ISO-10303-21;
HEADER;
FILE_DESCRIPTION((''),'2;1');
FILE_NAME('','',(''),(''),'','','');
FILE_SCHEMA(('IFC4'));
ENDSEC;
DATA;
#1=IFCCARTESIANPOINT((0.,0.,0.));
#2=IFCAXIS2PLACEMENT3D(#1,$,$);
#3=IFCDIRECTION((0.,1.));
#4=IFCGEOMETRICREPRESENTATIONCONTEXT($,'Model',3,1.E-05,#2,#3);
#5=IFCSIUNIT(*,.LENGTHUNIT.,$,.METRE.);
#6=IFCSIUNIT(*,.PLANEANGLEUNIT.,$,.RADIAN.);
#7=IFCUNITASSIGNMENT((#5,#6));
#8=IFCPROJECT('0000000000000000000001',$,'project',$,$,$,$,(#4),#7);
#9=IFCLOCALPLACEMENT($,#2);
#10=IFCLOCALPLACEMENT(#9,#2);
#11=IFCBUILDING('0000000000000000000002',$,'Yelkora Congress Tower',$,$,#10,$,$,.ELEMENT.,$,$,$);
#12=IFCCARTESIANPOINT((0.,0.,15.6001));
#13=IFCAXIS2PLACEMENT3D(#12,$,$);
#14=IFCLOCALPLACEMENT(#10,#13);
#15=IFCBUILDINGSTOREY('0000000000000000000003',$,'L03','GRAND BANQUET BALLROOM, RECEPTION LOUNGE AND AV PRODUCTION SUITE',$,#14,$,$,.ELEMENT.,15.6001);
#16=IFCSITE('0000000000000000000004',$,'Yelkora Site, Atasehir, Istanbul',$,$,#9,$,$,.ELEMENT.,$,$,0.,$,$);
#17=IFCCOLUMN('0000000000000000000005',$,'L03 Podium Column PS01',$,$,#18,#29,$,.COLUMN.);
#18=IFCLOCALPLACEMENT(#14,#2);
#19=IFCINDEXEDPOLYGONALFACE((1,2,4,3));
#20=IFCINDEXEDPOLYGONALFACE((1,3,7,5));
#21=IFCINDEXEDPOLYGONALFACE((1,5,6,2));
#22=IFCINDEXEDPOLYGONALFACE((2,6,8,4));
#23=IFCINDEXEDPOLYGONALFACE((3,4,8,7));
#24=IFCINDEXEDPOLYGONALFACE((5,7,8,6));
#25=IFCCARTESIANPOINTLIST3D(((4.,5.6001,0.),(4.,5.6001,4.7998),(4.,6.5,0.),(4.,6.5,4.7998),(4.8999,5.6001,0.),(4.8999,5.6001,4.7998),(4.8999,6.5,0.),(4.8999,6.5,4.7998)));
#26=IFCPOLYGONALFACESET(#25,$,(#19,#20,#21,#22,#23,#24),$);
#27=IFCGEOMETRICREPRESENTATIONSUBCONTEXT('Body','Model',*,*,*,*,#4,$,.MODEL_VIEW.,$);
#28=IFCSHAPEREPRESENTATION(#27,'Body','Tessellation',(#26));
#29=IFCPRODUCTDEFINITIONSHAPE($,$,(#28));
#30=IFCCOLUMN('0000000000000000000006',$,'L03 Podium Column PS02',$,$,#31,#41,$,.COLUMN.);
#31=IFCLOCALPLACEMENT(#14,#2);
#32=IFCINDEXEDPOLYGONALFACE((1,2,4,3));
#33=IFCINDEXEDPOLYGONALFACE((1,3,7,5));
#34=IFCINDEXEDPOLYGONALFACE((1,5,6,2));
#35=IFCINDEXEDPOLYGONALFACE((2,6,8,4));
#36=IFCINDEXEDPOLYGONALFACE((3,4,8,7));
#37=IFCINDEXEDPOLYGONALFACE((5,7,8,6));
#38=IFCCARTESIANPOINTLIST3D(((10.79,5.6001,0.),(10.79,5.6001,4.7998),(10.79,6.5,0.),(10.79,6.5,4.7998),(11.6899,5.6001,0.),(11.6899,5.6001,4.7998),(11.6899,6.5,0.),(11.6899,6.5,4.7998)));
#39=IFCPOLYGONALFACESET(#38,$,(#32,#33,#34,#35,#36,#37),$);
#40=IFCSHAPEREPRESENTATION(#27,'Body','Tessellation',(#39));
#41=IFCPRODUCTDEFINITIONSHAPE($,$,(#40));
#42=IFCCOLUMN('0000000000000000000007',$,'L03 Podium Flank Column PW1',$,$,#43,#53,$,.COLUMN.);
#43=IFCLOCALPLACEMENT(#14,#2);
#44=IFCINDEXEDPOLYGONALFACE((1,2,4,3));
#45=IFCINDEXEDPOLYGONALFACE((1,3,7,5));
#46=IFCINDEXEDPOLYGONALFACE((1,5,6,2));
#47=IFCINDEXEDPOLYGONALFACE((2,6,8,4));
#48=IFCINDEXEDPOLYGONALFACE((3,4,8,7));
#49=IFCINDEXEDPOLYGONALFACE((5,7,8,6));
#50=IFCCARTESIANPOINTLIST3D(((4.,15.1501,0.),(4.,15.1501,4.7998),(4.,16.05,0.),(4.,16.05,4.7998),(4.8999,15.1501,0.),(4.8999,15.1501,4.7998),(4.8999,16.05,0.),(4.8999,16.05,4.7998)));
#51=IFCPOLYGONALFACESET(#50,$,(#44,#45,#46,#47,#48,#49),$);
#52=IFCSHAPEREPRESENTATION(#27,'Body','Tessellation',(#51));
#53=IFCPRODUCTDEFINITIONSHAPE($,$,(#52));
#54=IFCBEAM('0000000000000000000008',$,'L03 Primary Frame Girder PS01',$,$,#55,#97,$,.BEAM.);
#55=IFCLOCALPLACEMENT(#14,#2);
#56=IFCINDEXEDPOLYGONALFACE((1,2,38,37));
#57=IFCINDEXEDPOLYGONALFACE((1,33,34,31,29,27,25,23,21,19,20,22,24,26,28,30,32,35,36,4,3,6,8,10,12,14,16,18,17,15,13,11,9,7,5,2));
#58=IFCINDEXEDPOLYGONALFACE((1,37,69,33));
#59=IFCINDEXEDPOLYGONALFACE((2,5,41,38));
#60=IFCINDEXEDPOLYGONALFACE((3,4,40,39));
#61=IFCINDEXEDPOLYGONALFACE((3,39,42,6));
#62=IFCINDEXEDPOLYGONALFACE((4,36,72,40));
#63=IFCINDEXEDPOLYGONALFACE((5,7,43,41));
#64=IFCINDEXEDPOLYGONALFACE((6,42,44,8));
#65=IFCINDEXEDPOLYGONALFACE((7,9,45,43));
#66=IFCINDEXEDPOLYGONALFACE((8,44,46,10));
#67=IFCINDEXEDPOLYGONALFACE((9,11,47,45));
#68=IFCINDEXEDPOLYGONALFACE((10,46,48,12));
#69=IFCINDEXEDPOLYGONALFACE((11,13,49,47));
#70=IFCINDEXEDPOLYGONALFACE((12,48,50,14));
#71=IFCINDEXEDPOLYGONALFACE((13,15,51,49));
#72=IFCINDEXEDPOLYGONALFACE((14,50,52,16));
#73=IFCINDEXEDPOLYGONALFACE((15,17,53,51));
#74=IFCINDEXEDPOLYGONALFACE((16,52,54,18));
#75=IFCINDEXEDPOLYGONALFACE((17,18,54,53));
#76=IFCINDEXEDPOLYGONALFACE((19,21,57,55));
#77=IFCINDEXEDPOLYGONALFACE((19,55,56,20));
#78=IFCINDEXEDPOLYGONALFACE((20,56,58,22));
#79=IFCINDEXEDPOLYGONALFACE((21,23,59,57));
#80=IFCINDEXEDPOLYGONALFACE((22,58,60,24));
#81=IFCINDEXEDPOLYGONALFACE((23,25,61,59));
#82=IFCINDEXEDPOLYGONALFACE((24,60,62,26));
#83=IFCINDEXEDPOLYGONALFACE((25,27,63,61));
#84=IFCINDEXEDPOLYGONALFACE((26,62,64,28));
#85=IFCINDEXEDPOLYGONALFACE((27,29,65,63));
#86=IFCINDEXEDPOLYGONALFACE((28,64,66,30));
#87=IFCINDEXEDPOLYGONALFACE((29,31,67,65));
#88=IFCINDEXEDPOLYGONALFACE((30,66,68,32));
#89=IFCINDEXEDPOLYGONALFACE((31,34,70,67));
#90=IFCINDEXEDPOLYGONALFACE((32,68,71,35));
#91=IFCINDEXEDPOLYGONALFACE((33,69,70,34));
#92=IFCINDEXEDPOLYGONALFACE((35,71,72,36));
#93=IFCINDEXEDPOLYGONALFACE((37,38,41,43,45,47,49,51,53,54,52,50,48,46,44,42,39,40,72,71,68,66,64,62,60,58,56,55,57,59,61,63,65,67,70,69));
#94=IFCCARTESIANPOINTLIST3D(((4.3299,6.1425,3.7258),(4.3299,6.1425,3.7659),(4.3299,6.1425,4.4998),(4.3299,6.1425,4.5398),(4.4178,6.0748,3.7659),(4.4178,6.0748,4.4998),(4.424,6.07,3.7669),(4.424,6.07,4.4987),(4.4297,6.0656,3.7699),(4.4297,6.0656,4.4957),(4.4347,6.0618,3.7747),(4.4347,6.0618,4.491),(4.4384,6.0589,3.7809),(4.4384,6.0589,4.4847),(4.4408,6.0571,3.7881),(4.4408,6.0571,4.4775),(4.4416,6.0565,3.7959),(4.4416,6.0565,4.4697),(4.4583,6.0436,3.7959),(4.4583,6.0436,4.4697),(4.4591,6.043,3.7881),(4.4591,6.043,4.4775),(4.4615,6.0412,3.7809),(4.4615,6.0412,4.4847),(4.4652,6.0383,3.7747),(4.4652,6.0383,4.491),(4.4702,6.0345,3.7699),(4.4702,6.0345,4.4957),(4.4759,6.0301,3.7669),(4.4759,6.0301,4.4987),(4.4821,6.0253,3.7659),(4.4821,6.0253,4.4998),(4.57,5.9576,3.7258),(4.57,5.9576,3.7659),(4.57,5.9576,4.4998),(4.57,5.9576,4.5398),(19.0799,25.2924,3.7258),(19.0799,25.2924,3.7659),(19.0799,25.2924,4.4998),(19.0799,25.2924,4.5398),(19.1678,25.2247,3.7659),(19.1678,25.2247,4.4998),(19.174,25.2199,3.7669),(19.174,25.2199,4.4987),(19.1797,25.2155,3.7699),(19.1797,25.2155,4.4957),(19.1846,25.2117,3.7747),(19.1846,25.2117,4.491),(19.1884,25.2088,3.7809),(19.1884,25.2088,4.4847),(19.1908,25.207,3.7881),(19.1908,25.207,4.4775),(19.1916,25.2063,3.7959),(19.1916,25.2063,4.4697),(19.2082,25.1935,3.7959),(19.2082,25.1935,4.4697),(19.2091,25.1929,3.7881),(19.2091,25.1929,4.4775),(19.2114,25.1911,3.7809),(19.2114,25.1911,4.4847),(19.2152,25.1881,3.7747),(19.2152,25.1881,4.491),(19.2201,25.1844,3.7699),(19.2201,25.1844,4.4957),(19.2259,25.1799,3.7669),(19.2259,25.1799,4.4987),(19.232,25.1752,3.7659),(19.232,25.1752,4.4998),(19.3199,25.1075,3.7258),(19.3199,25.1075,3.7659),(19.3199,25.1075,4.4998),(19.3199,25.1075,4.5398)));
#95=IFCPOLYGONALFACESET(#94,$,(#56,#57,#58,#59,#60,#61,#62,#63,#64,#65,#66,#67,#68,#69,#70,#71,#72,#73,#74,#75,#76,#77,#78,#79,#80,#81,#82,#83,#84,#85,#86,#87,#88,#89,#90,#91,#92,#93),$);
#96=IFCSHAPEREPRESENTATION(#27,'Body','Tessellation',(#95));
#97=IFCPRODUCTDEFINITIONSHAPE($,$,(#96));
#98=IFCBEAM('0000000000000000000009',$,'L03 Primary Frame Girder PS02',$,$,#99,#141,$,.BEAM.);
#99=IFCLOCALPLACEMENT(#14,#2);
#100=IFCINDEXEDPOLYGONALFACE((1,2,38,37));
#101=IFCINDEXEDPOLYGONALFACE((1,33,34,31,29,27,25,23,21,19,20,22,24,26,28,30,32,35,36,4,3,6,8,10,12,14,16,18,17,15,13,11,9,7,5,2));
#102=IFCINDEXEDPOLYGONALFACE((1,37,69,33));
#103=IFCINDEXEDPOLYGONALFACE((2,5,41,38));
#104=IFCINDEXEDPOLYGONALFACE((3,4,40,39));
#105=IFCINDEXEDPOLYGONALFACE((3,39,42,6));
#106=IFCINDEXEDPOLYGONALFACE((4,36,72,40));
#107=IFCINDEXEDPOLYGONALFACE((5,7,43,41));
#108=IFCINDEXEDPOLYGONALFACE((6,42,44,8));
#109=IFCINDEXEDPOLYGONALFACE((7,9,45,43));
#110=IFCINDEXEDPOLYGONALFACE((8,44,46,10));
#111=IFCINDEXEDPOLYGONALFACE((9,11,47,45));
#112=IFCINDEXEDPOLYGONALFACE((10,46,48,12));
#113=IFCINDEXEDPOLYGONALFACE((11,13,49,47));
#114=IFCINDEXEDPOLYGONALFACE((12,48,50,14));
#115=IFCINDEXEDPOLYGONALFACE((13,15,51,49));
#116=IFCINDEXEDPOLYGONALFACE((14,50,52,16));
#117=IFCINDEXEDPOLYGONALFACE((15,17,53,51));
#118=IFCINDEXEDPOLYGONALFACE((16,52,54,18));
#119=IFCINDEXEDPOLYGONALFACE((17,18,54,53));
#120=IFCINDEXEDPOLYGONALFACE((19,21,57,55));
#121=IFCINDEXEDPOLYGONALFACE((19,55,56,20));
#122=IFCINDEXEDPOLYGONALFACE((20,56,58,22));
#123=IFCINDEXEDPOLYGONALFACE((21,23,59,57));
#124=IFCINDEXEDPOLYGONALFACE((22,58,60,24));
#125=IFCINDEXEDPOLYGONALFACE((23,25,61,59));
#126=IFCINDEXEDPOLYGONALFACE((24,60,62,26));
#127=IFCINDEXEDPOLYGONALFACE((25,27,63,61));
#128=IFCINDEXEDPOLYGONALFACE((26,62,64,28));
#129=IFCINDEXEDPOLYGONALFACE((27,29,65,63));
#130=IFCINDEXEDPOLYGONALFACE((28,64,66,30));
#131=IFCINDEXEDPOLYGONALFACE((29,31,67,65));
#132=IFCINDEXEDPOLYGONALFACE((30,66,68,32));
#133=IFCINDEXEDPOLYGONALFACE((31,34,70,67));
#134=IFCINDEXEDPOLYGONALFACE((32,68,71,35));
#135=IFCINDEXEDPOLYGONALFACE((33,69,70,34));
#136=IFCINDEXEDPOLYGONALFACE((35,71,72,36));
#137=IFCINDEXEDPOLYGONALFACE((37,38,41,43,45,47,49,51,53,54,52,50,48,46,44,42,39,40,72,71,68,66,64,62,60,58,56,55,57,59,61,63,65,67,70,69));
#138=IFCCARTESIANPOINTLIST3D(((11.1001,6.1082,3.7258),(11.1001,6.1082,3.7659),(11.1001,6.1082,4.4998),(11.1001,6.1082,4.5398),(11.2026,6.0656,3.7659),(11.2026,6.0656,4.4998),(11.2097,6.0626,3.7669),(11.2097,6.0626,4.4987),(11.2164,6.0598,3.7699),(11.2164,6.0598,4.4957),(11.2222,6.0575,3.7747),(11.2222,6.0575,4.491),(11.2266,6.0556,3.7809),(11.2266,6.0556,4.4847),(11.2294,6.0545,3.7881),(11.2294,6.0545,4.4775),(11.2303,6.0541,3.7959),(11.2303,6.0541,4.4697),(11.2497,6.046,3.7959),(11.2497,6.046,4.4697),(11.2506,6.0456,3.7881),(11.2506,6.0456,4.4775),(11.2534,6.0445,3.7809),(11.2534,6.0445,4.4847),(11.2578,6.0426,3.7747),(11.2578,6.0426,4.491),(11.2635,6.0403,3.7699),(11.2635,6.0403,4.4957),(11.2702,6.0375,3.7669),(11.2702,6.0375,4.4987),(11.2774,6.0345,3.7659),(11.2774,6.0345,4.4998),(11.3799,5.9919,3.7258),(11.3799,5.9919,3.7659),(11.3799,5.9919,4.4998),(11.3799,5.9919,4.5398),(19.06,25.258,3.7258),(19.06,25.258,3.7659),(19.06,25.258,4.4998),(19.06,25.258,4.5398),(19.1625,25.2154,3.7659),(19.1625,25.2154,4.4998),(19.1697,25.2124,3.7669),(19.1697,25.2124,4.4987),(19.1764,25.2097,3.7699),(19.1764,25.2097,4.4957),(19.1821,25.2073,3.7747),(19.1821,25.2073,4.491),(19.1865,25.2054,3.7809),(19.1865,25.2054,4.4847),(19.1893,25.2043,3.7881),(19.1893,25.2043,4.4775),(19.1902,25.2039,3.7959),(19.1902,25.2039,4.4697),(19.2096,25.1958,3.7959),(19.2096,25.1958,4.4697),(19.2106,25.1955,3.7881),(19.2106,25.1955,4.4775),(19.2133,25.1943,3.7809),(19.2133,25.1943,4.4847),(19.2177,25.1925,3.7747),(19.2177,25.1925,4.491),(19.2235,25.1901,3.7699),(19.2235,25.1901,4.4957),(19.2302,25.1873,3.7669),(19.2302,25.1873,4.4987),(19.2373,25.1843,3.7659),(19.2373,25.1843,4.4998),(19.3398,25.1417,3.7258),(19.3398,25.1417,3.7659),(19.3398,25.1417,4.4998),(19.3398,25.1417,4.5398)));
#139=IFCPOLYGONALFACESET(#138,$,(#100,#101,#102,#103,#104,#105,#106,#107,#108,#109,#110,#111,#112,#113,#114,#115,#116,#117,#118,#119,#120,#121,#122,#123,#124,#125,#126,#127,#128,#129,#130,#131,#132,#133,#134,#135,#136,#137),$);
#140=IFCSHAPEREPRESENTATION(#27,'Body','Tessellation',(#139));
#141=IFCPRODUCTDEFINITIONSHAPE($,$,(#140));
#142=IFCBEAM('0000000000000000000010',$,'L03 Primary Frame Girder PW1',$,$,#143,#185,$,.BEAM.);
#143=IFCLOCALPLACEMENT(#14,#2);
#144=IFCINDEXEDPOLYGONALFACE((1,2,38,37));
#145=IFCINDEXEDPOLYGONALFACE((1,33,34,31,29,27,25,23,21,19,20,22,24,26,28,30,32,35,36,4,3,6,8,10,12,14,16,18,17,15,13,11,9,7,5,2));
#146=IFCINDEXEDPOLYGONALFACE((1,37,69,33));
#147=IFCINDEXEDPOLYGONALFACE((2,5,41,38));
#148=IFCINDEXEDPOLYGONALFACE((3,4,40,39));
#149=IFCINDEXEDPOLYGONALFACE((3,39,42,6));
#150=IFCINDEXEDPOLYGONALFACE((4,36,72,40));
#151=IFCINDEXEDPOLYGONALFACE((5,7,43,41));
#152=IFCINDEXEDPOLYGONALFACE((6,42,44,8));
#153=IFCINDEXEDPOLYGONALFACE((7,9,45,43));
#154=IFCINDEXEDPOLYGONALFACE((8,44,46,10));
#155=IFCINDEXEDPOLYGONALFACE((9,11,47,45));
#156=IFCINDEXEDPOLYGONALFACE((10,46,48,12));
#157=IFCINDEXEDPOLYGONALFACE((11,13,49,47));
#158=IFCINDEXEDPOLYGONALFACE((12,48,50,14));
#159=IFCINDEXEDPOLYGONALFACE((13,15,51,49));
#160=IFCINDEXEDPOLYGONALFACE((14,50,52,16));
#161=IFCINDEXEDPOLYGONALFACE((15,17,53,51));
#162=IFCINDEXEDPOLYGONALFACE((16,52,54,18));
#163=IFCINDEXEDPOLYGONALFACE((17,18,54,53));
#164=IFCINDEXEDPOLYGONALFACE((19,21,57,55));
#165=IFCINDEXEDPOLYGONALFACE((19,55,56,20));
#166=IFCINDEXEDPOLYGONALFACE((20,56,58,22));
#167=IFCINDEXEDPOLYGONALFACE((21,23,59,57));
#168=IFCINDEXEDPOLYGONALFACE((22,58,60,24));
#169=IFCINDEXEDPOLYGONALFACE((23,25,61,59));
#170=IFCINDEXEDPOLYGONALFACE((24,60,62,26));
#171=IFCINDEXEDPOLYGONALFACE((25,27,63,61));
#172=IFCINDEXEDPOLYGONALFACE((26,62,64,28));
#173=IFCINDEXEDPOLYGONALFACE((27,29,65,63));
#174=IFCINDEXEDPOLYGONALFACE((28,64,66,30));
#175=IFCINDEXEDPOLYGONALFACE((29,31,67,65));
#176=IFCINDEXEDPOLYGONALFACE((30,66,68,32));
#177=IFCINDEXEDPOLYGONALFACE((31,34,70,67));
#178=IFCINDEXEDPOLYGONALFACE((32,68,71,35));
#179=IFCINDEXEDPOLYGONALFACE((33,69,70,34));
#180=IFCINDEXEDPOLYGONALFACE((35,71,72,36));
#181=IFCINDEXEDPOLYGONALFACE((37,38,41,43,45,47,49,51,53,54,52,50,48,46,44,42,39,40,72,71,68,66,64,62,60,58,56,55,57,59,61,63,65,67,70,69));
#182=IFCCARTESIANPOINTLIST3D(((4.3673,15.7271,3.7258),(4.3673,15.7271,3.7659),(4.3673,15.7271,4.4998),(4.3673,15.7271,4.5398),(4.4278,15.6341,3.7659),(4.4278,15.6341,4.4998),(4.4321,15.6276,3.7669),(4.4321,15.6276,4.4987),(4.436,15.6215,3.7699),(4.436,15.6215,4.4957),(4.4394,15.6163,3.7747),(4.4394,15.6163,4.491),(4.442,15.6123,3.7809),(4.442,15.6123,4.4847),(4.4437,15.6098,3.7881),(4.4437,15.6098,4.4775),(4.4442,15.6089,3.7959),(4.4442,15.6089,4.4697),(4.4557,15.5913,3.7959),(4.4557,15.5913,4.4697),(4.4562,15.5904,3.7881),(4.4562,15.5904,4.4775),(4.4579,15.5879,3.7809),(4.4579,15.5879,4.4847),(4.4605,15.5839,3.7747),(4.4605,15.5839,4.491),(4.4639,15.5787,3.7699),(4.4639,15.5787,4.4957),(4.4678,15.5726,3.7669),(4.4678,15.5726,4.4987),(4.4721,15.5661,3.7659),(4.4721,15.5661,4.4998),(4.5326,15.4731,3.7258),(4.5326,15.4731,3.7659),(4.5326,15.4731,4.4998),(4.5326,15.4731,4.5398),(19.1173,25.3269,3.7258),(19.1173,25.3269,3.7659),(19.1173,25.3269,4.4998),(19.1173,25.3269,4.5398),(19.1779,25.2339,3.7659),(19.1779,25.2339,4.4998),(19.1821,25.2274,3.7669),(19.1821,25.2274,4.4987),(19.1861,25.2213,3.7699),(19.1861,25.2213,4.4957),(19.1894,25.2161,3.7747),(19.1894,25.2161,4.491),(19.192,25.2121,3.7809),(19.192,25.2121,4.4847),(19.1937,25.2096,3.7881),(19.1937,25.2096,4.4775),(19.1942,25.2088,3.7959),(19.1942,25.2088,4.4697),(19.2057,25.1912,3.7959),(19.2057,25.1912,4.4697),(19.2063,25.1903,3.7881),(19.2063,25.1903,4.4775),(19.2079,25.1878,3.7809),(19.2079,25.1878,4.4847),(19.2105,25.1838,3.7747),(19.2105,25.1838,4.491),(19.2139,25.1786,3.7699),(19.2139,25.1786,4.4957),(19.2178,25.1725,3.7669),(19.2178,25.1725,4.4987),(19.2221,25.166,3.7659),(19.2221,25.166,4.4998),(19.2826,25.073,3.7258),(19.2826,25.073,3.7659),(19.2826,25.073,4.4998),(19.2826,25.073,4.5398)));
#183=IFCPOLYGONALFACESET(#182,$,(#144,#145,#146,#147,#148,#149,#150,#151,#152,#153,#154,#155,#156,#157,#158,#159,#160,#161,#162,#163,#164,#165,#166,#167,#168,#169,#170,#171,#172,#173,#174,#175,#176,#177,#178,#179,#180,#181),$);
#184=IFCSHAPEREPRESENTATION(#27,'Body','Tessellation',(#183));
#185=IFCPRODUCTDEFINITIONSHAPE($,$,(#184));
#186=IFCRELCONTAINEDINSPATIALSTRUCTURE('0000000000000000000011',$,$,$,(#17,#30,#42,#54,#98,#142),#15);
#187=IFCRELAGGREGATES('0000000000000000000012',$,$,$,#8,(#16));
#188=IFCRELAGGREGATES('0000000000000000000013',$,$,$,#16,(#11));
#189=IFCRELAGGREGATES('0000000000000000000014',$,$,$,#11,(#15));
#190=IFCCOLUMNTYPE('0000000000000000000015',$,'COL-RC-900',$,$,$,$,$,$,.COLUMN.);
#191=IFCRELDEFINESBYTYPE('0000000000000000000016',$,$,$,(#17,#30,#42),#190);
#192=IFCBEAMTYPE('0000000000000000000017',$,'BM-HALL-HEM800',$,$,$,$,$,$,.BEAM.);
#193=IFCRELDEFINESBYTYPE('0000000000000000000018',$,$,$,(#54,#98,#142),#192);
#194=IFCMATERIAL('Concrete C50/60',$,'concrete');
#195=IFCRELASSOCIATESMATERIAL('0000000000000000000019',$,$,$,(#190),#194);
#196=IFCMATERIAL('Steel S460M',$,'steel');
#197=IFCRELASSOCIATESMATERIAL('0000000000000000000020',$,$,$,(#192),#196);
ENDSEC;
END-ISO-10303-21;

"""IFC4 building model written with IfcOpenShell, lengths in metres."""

from ifc_helpers import new_model, si_unit, direction, frame, origin, origin_2d, place, context, subcontext, project, spatial, rectangle, i_section, extrude, material, material_profile, profile_set, type_object, element, save


model = new_model("IFC4")

# Units and contexts
model_context = context("Model", 3, precision=1e-05, world=origin(), true_north=direction((0.0, 1.0)))
body_context = subcontext(model_context, "Body", "Model", "MODEL_VIEW")
ifc_project = project(units=[si_unit("LENGTHUNIT", "METRE"), si_unit("PLANEANGLEUNIT", "RADIAN")], contexts=[model_context])

# Site, building, storey
site_placement = place(None, origin())
site = spatial("IfcSite", under=ifc_project, at=site_placement, Name="Yelkora Site, Atasehir, Istanbul", CompositionType="ELEMENT", RefElevation=0.0)
building_placement = place(site_placement, origin())
building = spatial("IfcBuilding", under=site, at=building_placement, Name="Yelkora Congress Tower", CompositionType="ELEMENT")
storey_placement = place(building_placement, frame((0.0, 0.0, 15.6001)))
storey = spatial("IfcBuildingStorey", under=building, at=storey_placement, Name="L03", Description="GRAND BANQUET BALLROOM, RECEPTION LOUNGE AND AV PRODUCTION SUITE", CompositionType="ELEMENT", Elevation=15.6001)

# Columns
ifc_material_1 = material(Name="Concrete C50/60", Category="concrete")
ifc_material_profile_1 = material_profile(ifc_material_1, rectangle(XDim=0.8999, YDim=0.8999, at=origin_2d()), Name="RC 900x900")
ifc_profile_set_1 = profile_set([ifc_material_profile_1], Name="Concrete C50/60")
column_type = type_object("IfcColumnType", Name="COL-RC-900", PredefinedType="COLUMN", material=ifc_profile_set_1)
for number, where, z_axis, x_axis, name in (
    (1, (4.45, 6.05, 0.0), (0.0, 0.0, 1.0), (1.0, 0.0, 0.0), "L03 Podium Column PS01"),
    (2, (11.24, 6.05, 0.0), (0.0, 0.0, 1.0), (1.0, 0.0, 0.0), "L03 Podium Column PS02"),
    (3, (4.45, 15.6001, 0.0), (0.0, 0.0, 1.0), (1.0, 0.0, 0.0), "L03 Podium Flank Column PW1"),
):
    element("IfcColumn", number, at=place(storey_placement, frame(where, z_axis=z_axis, x_axis=x_axis)), inside=storey, type_object=column_type, Name=name, PredefinedType="COLUMN", context=body_context, shape_type="SweptSolid", body=[
        extrude(rectangle(XDim=0.8999, YDim=0.8999, at=origin_2d()), origin(), (0.0, 0.0, 1.0), 4.7998),
    ])

# Beams
ifc_material_2 = material(Name="Steel S460M", Category="steel")
ifc_material_profile_2 = material_profile(ifc_material_2, i_section(OverallWidth=0.303, OverallDepth=0.814, WebThickness=0.021, FlangeThickness=0.04, FilletRadius=0.03, at=origin_2d()), Name="HEM 800")
ifc_profile_set_2 = profile_set([ifc_material_profile_2], Name="Steel S460M")
beam_type_1 = type_object("IfcBeamType", Name="BM-HALL-HEM800", PredefinedType="BEAM", material=ifc_profile_set_2)
beam_1_placement = place(storey_placement, frame((4.45, 6.05, 4.1328), z_axis=(0.610212, 0.792238, 0.0), x_axis=(-0.792238, 0.610212, 0.0)))
element("IfcBeam", 4, at=beam_1_placement, inside=storey, type_object=beam_type_1, Name="L03 Primary Frame Girder PS01", PredefinedType="BEAM", context=body_context, shape_type="SweptSolid", body=[
    extrude(i_section(OverallWidth=0.303, OverallDepth=0.814, WebThickness=0.021, FlangeThickness=0.04, FilletRadius=0.03, at=origin_2d()), origin(), (0.0, 0.0, 1.0), 24.1719),
])
beam_2_placement = place(storey_placement, frame((11.24, 6.05, 4.1328), z_axis=(0.383828, 0.923405, 0.0), x_axis=(-0.923405, 0.383828, 0.0)))
element("IfcBeam", 5, at=beam_2_placement, inside=storey, type_object=beam_type_1, Name="L03 Primary Frame Girder PS02", PredefinedType="BEAM", context=body_context, shape_type="SweptSolid", body=[
    extrude(i_section(OverallWidth=0.303, OverallDepth=0.814, WebThickness=0.021, FlangeThickness=0.04, FilletRadius=0.03, at=origin_2d()), origin(), (0.0, 0.0, 1.0), 20.7383),
])
beam_3_placement = place(storey_placement, frame((4.45, 15.6001, 4.1328), z_axis=(0.838123, 0.545482, 0.0), x_axis=(-0.545482, 0.838123, 0.0)))
element("IfcBeam", 6, at=beam_3_placement, inside=storey, type_object=beam_type_1, Name="L03 Primary Frame Girder PW1", PredefinedType="BEAM", context=body_context, shape_type="SweptSolid", body=[
    extrude(i_section(OverallWidth=0.303, OverallDepth=0.814, WebThickness=0.021, FlangeThickness=0.04, FilletRadius=0.03, at=origin_2d()), origin(), (0.0, 0.0, 1.0), 17.5989),
])

save(model, "model.ifc")
